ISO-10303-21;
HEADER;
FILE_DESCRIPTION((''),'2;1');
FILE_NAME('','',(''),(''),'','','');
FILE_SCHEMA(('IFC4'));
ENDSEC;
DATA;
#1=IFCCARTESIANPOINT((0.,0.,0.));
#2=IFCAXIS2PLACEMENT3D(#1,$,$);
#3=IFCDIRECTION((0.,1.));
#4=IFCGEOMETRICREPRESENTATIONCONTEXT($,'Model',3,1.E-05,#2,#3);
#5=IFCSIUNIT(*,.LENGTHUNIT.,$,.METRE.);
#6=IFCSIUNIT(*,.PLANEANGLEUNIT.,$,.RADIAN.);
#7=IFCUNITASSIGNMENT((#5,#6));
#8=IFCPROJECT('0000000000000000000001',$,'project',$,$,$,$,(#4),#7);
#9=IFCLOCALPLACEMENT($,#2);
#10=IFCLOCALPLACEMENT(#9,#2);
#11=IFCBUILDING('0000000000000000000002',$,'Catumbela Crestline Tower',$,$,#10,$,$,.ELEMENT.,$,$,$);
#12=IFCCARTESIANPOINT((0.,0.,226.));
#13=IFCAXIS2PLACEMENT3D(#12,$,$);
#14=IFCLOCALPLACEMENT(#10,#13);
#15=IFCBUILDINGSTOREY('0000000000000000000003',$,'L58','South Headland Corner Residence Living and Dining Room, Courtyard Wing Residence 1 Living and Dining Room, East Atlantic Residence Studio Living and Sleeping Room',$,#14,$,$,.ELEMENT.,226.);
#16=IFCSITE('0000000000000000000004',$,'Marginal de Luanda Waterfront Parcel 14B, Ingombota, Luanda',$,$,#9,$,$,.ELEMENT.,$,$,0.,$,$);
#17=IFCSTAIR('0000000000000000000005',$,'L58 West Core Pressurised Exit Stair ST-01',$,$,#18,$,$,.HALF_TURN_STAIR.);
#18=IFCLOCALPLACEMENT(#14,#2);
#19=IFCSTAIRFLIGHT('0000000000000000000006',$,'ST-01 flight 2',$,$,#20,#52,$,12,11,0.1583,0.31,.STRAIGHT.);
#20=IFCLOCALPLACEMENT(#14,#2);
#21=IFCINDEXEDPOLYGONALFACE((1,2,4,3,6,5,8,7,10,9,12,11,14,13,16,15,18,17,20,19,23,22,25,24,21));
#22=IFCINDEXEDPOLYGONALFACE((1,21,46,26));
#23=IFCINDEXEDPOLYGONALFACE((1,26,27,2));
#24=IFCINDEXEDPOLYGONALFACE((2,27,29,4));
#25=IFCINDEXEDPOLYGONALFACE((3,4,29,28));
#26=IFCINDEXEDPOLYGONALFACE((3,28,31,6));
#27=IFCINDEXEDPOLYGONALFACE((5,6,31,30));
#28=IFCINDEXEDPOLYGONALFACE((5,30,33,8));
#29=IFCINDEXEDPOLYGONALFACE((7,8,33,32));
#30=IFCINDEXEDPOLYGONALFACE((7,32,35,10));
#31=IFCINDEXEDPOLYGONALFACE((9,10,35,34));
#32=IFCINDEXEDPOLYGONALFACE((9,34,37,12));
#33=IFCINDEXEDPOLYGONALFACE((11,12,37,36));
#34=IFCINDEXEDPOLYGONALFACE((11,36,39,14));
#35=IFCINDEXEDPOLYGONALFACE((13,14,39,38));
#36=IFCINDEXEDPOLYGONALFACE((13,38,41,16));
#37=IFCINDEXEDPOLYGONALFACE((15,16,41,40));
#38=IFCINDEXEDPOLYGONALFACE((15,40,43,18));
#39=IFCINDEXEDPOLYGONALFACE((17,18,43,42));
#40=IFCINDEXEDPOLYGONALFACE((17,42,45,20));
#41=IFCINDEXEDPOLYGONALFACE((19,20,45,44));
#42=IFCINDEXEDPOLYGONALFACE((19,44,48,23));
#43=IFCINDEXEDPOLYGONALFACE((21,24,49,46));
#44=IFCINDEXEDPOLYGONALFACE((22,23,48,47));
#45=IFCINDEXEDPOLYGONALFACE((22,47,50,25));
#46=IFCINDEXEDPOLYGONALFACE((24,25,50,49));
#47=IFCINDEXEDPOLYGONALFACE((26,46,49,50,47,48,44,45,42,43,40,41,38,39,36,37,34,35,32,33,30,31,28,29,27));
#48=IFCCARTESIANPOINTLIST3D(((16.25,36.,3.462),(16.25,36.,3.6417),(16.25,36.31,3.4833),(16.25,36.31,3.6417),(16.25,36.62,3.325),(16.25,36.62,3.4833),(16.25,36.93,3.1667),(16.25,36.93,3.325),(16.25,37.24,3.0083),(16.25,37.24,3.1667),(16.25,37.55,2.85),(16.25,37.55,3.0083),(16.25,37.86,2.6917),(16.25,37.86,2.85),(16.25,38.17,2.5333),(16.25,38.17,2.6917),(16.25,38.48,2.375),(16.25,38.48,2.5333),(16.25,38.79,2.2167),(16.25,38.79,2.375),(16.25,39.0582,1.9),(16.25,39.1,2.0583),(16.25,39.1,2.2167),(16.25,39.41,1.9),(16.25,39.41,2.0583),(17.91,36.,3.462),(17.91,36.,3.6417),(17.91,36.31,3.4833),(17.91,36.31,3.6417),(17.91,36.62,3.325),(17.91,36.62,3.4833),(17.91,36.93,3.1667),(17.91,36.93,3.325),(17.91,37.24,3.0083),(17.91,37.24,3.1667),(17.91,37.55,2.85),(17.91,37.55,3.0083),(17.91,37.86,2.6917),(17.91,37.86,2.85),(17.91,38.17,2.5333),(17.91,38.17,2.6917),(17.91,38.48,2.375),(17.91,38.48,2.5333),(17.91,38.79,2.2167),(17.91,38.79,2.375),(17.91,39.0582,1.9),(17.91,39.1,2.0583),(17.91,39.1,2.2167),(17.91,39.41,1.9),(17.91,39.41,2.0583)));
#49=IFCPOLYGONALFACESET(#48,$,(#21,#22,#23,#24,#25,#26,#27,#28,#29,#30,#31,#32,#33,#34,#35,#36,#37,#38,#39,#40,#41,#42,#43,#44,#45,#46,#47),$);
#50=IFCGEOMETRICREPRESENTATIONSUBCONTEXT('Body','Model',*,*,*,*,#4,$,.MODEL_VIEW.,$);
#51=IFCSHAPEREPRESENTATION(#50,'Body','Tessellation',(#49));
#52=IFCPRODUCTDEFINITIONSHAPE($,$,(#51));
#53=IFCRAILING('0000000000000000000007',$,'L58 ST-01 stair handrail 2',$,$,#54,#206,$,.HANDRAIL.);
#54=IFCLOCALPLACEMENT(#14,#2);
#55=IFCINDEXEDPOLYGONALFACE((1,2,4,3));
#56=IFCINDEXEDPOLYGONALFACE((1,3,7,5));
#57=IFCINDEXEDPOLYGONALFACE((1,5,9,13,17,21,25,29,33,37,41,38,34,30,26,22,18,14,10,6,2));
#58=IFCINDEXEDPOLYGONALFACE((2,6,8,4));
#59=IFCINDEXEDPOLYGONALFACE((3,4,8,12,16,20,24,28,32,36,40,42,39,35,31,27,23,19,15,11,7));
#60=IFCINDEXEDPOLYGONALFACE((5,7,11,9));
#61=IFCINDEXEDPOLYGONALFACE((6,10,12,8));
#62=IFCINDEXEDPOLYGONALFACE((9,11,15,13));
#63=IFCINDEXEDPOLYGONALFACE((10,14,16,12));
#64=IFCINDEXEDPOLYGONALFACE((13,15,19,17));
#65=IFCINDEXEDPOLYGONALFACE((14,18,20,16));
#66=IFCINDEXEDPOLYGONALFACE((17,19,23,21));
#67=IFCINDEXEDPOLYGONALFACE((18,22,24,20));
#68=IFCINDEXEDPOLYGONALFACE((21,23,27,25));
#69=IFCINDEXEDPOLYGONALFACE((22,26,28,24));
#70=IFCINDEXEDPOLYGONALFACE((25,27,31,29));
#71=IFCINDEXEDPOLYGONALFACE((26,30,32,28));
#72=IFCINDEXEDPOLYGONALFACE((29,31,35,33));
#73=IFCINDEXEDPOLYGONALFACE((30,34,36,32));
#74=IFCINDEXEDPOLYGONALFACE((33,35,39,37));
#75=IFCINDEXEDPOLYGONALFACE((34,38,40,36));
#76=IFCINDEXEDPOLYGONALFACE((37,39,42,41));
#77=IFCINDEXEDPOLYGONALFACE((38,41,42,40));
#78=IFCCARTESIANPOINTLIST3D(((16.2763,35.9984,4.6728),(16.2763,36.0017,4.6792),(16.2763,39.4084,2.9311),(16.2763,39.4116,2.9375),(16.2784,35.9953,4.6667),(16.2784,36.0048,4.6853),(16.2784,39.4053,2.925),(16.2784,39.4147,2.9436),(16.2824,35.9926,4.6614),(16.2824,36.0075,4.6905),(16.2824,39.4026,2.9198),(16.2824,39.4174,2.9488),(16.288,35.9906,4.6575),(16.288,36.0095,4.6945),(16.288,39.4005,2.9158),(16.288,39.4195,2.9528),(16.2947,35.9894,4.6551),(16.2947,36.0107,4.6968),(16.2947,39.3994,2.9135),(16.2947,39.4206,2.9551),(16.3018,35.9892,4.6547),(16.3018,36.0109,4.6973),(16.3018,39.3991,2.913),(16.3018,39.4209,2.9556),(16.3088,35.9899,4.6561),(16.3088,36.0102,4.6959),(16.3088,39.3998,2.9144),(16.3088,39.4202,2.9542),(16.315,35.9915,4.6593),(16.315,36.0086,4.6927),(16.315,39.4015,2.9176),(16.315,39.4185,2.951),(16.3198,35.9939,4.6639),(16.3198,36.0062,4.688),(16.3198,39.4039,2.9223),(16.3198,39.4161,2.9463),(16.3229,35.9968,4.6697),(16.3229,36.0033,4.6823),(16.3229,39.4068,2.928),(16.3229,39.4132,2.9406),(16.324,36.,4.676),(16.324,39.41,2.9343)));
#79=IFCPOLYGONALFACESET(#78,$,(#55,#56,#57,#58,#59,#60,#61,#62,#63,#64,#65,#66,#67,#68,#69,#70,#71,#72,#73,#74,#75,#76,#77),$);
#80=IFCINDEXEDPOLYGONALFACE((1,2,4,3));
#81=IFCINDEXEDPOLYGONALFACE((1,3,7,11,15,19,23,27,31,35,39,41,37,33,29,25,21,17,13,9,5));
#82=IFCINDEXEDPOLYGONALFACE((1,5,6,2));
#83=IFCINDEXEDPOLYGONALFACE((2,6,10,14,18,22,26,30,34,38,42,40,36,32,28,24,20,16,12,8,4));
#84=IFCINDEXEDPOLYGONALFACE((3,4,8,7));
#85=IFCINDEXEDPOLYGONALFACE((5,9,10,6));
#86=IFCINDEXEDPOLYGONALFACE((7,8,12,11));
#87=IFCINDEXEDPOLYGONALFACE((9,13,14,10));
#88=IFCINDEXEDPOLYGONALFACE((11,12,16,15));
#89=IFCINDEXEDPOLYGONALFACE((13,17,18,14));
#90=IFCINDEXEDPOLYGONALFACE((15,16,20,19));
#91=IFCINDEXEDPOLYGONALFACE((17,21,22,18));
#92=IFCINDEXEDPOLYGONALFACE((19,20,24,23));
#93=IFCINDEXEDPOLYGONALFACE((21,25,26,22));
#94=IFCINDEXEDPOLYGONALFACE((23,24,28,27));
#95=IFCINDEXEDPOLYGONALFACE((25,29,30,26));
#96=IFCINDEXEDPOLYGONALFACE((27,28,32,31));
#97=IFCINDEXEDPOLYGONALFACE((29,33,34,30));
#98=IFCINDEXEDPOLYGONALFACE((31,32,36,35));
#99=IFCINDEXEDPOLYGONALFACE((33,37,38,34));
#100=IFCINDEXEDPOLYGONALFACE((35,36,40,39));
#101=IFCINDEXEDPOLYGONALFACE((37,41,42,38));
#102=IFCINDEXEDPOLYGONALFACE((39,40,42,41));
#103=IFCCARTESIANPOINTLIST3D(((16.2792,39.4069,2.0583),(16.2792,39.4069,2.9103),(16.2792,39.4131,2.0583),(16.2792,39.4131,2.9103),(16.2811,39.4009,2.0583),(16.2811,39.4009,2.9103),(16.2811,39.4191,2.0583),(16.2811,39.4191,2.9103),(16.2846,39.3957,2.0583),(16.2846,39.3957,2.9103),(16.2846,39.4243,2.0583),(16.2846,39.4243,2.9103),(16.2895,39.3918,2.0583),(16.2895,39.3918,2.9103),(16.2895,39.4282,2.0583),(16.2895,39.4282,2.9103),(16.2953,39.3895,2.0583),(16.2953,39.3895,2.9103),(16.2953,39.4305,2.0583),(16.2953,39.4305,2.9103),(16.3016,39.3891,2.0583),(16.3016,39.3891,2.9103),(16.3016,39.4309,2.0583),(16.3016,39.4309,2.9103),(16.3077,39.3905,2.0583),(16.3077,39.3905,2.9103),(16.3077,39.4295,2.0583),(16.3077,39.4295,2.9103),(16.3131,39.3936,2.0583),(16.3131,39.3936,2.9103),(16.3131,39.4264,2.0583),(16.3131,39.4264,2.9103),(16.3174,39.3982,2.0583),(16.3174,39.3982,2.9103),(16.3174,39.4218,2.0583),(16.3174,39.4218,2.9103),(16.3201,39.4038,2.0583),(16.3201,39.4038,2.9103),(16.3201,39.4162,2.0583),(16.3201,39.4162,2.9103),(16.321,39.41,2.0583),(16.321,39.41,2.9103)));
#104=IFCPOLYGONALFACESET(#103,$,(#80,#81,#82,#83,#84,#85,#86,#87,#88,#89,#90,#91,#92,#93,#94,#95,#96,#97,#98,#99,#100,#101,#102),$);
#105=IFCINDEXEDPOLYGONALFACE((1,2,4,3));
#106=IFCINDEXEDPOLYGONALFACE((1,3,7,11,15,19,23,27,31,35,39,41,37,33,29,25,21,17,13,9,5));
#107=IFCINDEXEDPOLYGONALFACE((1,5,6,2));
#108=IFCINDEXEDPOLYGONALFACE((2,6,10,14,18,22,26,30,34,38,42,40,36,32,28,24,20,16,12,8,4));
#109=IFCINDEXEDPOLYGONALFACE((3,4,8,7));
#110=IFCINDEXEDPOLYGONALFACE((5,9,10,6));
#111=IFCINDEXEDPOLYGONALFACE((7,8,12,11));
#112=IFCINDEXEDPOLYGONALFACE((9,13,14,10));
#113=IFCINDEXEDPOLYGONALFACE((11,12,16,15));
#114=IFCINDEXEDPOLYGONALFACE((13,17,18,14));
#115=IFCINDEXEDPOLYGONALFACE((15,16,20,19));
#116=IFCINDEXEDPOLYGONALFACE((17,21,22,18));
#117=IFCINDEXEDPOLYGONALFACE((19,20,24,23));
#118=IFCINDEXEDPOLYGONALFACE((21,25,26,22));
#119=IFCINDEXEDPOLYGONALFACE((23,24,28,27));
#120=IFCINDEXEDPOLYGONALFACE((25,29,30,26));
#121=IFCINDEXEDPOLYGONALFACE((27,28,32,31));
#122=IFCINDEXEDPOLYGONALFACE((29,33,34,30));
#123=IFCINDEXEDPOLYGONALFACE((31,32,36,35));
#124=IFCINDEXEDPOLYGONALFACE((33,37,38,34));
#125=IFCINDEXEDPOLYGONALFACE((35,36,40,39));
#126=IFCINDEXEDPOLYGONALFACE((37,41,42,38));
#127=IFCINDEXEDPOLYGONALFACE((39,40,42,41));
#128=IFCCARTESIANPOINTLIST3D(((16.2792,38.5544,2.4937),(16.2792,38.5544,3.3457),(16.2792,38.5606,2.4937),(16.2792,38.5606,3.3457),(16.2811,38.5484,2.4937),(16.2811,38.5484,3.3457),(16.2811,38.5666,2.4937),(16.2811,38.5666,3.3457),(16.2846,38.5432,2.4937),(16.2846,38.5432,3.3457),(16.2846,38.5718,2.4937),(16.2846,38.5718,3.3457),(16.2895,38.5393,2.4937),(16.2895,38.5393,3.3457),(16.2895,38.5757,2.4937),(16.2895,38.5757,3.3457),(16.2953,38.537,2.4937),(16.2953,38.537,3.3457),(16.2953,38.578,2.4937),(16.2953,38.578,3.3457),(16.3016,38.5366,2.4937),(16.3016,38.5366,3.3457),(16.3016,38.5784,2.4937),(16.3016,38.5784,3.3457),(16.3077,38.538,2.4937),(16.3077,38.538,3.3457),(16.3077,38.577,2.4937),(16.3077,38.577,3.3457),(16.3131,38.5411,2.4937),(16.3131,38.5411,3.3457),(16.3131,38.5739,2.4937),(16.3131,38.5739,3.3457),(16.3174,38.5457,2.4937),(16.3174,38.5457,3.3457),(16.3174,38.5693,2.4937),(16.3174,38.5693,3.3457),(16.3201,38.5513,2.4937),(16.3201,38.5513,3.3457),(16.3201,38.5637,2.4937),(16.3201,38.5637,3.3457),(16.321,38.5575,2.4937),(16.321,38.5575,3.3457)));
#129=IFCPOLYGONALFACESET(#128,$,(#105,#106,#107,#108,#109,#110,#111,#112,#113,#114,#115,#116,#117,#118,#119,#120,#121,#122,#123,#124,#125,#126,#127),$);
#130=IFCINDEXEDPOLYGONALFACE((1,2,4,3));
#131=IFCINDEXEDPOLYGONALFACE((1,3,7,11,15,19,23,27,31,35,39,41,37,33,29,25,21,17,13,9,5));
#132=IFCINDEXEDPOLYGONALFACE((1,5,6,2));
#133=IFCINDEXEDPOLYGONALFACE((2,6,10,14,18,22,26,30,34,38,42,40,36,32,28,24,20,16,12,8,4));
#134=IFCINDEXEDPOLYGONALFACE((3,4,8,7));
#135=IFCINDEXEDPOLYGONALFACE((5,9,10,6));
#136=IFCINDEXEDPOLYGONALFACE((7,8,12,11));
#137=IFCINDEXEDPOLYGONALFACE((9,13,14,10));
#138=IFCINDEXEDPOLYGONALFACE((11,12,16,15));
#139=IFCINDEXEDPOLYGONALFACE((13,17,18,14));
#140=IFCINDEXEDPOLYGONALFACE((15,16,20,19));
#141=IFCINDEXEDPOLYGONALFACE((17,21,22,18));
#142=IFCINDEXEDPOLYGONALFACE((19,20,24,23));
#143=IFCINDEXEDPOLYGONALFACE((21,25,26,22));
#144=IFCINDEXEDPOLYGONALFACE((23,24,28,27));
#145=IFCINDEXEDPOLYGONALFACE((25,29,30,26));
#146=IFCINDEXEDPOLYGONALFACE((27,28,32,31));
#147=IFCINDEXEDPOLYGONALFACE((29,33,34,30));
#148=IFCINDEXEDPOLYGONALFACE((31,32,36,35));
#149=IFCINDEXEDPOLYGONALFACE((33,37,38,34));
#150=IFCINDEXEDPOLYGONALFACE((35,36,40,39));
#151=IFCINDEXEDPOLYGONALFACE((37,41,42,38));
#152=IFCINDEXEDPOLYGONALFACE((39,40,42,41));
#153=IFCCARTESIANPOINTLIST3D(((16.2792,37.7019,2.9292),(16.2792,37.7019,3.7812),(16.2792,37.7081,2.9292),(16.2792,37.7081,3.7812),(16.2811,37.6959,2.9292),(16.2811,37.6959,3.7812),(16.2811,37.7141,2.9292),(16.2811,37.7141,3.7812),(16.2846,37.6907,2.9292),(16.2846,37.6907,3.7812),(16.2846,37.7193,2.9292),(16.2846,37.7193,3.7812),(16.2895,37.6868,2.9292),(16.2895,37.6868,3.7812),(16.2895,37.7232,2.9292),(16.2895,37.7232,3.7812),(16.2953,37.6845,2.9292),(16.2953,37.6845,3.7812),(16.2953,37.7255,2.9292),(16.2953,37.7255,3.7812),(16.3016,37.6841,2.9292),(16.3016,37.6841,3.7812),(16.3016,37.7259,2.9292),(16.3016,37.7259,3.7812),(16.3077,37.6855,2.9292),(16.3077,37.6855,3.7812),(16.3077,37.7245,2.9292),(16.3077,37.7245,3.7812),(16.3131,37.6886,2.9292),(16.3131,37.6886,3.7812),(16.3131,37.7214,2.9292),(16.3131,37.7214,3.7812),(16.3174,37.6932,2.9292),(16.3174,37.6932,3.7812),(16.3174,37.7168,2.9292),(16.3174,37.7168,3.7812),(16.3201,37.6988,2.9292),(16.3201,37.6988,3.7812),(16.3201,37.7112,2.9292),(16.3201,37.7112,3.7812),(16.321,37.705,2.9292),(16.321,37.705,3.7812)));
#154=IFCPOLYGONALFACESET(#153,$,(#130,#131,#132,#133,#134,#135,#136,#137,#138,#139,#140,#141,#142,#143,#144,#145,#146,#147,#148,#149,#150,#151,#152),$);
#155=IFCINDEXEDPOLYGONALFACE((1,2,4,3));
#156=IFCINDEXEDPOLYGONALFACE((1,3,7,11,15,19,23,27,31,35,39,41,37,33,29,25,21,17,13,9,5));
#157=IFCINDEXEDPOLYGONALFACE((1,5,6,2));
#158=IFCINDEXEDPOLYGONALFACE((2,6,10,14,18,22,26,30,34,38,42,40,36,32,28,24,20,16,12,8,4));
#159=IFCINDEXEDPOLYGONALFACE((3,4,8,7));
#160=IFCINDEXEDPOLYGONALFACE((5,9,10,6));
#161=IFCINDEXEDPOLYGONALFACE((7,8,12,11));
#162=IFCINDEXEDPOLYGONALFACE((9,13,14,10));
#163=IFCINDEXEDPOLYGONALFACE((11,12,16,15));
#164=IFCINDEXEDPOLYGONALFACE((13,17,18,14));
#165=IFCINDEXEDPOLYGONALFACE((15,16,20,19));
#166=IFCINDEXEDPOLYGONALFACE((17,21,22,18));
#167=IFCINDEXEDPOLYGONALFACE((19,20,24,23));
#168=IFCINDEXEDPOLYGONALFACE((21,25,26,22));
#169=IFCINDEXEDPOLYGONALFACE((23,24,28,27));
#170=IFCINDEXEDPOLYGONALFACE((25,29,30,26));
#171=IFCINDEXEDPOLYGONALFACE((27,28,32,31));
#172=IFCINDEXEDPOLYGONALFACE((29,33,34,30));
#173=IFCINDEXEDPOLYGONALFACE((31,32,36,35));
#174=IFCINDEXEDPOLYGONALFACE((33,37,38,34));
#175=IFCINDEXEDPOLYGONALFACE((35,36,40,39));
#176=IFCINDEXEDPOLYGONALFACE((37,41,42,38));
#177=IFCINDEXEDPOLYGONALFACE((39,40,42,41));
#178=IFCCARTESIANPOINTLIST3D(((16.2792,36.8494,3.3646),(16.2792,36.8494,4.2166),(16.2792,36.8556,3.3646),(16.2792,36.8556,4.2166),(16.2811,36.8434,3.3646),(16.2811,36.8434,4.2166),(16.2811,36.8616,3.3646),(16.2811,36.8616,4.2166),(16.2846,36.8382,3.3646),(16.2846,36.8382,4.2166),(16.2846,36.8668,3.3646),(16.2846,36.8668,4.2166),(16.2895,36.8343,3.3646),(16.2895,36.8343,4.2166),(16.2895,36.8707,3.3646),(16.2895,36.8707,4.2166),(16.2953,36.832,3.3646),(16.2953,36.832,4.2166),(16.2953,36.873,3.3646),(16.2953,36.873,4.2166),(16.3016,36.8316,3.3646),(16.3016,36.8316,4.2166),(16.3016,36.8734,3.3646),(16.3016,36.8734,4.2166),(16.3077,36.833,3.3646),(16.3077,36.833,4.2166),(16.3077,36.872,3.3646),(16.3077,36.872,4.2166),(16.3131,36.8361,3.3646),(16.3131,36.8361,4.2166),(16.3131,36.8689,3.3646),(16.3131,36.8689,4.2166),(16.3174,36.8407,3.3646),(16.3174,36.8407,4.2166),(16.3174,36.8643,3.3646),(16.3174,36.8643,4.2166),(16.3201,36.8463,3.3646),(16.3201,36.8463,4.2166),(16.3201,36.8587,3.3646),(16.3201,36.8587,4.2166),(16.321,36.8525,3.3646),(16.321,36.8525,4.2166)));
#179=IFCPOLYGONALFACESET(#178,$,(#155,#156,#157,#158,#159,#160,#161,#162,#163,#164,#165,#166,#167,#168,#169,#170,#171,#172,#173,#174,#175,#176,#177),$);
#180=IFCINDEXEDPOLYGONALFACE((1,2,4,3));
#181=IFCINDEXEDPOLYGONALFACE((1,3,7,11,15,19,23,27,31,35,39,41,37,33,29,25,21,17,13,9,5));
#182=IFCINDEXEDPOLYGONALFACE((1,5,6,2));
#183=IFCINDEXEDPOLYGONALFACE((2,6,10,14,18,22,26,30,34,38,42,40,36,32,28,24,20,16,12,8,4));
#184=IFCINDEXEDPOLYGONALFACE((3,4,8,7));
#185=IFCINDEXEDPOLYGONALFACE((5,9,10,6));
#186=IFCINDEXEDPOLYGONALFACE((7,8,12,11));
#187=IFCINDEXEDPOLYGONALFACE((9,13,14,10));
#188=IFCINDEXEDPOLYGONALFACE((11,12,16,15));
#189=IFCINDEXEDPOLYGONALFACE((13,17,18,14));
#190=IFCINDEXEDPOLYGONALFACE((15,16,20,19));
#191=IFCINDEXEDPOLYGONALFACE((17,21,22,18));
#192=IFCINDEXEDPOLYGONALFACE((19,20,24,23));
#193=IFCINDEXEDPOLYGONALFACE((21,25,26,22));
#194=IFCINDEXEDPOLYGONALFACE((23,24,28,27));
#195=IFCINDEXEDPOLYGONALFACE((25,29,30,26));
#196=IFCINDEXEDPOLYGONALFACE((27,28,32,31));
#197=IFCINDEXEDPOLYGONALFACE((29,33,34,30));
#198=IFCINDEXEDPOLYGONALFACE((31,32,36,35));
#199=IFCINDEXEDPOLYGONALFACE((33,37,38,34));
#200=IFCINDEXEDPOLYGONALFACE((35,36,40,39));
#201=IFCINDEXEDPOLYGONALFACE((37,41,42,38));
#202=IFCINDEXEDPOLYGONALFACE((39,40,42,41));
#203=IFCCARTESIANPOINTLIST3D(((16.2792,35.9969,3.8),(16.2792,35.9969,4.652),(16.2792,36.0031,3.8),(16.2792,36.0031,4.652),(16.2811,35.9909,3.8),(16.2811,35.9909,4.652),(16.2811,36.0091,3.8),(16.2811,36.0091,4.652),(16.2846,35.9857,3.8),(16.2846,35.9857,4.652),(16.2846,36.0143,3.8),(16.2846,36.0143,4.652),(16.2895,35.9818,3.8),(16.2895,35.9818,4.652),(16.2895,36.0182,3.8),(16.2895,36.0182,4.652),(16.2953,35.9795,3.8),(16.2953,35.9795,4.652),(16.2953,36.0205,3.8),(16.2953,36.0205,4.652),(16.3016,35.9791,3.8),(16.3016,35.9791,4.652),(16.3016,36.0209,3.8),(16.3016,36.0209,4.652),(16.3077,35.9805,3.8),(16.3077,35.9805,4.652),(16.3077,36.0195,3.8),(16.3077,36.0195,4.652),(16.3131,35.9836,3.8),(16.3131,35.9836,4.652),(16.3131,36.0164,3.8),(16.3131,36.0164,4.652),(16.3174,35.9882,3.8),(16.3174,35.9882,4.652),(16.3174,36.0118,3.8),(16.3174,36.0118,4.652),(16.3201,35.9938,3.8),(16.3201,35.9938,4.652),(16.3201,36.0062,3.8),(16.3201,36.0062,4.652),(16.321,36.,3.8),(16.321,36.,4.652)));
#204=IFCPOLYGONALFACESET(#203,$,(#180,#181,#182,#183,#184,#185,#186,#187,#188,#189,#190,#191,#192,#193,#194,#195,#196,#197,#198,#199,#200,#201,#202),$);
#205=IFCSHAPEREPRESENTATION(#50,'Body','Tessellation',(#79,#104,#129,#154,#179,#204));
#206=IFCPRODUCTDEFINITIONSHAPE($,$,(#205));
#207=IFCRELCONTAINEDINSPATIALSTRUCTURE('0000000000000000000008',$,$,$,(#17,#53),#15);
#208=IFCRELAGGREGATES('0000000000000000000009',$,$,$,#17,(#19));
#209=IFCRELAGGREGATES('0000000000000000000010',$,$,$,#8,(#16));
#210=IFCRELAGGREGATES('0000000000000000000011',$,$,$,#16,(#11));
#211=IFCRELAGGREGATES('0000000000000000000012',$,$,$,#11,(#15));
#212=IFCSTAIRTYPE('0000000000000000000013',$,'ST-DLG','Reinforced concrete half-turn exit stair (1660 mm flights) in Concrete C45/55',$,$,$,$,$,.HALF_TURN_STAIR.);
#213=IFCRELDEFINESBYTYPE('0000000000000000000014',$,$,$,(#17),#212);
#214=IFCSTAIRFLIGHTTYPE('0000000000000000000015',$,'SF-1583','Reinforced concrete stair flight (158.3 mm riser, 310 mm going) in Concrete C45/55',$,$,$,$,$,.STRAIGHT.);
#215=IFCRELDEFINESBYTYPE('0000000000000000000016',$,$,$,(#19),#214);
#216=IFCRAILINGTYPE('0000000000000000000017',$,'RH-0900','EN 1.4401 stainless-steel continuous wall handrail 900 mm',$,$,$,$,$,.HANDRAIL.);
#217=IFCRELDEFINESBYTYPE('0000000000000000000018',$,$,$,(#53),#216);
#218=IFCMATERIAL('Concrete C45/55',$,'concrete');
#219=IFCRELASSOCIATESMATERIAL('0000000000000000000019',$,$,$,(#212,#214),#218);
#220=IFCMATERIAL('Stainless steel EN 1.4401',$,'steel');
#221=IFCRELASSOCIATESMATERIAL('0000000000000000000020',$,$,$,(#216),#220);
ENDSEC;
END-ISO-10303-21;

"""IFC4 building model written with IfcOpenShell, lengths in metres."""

from ifc_helpers import new_model, si_unit, direction, frame, origin, origin_2d, place, context, subcontext, project, spatial, polyline, circle, outline, extrude, material, type_object, element, aggregate, save


model = new_model("IFC4")

# Units and contexts
model_context = context("Model", 3, precision=1e-05, world=origin(), true_north=direction((0.0, 1.0)))
body_context = subcontext(model_context, "Body", "Model", "MODEL_VIEW")
ifc_project = project(units=[si_unit("LENGTHUNIT", "METRE"), si_unit("PLANEANGLEUNIT", "RADIAN")], contexts=[model_context])

# Site, building, storey
site_placement = place(None, origin())
site = spatial("IfcSite", under=ifc_project, at=site_placement, Name="Marginal de Luanda Waterfront Parcel 14B, Ingombota, Luanda", CompositionType="ELEMENT", RefElevation=0.0)
building_placement = place(site_placement, origin())
building = spatial("IfcBuilding", under=site, at=building_placement, Name="Catumbela Crestline Tower", CompositionType="ELEMENT")
storey_placement = place(building_placement, frame((0.0, 0.0, 226.0)))
storey = spatial("IfcBuildingStorey", under=building, at=storey_placement, Name="L58", Description="South Headland Corner Residence Living and Dining Room, Courtyard Wing Residence 1 Living and Dining Room, East Atlantic Residence Studio Living and Sleeping Room", CompositionType="ELEMENT", Elevation=226.0)

# Shared definitions
ifc_material_1 = material(Name="Stainless steel EN 1.4401", Category="steel")

# Shared definitions
ifc_material_2 = material(Name="Concrete C45/55", Category="concrete")

# Stair, stair flight
stair_type = type_object("IfcStairType", Name="ST-DLG", Description="Reinforced concrete half-turn exit stair (1660 mm flights) in Concrete C45/55", PredefinedType="HALF_TURN_STAIR", material=ifc_material_2)
stair_placement = place(storey_placement, origin())
stair = element("IfcStair", 1, at=stair_placement, inside=storey, type_object=stair_type, Name="L58 West Core Pressurised Exit Stair ST-01", PredefinedType="HALF_TURN_STAIR")
stair_flight_type = type_object("IfcStairFlightType", Name="SF-1583", Description="Reinforced concrete stair flight (158.3 mm riser, 310 mm going) in Concrete C45/55", PredefinedType="STRAIGHT", material=ifc_material_2)
stair_flight_placement = place(storey_placement, frame((17.08, 39.41, 1.9), z_axis=(0.0, 0.0, 1.0), x_axis=(0.0, -1.0, 0.0)))
stair_flight = element("IfcStairFlight", 2, at=stair_flight_placement, type_object=stair_flight_type, Name="ST-01 flight 2", NumberOfRisers=12, NumberOfTreads=11, PredefinedType="STRAIGHT", RiserHeight=0.1583, TreadLength=0.31, context=body_context, shape_type="SweptSolid", body=[
    extrude(outline(polyline([(0.0, 0.0), (0.0, 0.1583), (0.31, 0.1583), (0.31, 0.3167), (0.62, 0.3167), (0.62, 0.475), (0.93, 0.475), (0.93, 0.6333), (1.24, 0.6333), (1.24, 0.7917), (1.55, 0.7917), (1.55, 0.95), (1.86, 0.95), (1.86, 1.1083), (2.17, 1.1083), (2.17, 1.2667), (2.48, 1.2667), (2.48, 1.425), (2.79, 1.425), (2.79, 1.5833), (3.1, 1.5833), (3.1, 1.7417), (3.41, 1.7417), (3.41, 1.9), (3.41, 1.562), (0.3518, 0.0), (0.0, 0.0)])), frame((0.0, 0.83, 0.0), z_axis=(0.0, -1.0, 0.0), x_axis=(1.0, 0.0, 0.0)), (0.0, 0.0, 1.0), 1.66),
])
aggregate(stair, [stair_flight])

# Railing
railing_type_1 = type_object("IfcRailingType", Name="RH-0900", Description="EN 1.4401 stainless-steel continuous wall handrail 900 mm", PredefinedType="HANDRAIL", material=ifc_material_1)
railing_1_placement = place(storey_placement, frame((16.3, 39.41, 2.0583)))
element("IfcRailing", 3, at=railing_1_placement, inside=storey, type_object=railing_type_1, Name="L58 ST-01 stair handrail 2", PredefinedType="HANDRAIL", context=body_context, shape_type="SweptSolid", body=[
    extrude(circle(Radius=0.024, at=origin_2d()), frame((0.0, 0.0, 0.876), z_axis=(0.0, -0.89056, 0.454865), x_axis=(1.0, 0.0, 0.0)), (0.0, 0.0, 1.0), 3.829),
    extrude(circle(Radius=0.021, at=origin_2d()), origin(), (0.0, 0.0, 1.0), 0.852),
    extrude(circle(Radius=0.021, at=origin_2d()), frame((0.0, -0.8525, 0.4354)), (0.0, 0.0, 1.0), 0.852),
    extrude(circle(Radius=0.021, at=origin_2d()), frame((0.0, -1.705, 0.8709)), (0.0, 0.0, 1.0), 0.852),
    extrude(circle(Radius=0.021, at=origin_2d()), frame((0.0, -2.5575, 1.3063)), (0.0, 0.0, 1.0), 0.852),
    extrude(circle(Radius=0.021, at=origin_2d()), frame((0.0, -3.41, 1.7417)), (0.0, 0.0, 1.0), 0.852),
])

save(model, "model.ifc")
